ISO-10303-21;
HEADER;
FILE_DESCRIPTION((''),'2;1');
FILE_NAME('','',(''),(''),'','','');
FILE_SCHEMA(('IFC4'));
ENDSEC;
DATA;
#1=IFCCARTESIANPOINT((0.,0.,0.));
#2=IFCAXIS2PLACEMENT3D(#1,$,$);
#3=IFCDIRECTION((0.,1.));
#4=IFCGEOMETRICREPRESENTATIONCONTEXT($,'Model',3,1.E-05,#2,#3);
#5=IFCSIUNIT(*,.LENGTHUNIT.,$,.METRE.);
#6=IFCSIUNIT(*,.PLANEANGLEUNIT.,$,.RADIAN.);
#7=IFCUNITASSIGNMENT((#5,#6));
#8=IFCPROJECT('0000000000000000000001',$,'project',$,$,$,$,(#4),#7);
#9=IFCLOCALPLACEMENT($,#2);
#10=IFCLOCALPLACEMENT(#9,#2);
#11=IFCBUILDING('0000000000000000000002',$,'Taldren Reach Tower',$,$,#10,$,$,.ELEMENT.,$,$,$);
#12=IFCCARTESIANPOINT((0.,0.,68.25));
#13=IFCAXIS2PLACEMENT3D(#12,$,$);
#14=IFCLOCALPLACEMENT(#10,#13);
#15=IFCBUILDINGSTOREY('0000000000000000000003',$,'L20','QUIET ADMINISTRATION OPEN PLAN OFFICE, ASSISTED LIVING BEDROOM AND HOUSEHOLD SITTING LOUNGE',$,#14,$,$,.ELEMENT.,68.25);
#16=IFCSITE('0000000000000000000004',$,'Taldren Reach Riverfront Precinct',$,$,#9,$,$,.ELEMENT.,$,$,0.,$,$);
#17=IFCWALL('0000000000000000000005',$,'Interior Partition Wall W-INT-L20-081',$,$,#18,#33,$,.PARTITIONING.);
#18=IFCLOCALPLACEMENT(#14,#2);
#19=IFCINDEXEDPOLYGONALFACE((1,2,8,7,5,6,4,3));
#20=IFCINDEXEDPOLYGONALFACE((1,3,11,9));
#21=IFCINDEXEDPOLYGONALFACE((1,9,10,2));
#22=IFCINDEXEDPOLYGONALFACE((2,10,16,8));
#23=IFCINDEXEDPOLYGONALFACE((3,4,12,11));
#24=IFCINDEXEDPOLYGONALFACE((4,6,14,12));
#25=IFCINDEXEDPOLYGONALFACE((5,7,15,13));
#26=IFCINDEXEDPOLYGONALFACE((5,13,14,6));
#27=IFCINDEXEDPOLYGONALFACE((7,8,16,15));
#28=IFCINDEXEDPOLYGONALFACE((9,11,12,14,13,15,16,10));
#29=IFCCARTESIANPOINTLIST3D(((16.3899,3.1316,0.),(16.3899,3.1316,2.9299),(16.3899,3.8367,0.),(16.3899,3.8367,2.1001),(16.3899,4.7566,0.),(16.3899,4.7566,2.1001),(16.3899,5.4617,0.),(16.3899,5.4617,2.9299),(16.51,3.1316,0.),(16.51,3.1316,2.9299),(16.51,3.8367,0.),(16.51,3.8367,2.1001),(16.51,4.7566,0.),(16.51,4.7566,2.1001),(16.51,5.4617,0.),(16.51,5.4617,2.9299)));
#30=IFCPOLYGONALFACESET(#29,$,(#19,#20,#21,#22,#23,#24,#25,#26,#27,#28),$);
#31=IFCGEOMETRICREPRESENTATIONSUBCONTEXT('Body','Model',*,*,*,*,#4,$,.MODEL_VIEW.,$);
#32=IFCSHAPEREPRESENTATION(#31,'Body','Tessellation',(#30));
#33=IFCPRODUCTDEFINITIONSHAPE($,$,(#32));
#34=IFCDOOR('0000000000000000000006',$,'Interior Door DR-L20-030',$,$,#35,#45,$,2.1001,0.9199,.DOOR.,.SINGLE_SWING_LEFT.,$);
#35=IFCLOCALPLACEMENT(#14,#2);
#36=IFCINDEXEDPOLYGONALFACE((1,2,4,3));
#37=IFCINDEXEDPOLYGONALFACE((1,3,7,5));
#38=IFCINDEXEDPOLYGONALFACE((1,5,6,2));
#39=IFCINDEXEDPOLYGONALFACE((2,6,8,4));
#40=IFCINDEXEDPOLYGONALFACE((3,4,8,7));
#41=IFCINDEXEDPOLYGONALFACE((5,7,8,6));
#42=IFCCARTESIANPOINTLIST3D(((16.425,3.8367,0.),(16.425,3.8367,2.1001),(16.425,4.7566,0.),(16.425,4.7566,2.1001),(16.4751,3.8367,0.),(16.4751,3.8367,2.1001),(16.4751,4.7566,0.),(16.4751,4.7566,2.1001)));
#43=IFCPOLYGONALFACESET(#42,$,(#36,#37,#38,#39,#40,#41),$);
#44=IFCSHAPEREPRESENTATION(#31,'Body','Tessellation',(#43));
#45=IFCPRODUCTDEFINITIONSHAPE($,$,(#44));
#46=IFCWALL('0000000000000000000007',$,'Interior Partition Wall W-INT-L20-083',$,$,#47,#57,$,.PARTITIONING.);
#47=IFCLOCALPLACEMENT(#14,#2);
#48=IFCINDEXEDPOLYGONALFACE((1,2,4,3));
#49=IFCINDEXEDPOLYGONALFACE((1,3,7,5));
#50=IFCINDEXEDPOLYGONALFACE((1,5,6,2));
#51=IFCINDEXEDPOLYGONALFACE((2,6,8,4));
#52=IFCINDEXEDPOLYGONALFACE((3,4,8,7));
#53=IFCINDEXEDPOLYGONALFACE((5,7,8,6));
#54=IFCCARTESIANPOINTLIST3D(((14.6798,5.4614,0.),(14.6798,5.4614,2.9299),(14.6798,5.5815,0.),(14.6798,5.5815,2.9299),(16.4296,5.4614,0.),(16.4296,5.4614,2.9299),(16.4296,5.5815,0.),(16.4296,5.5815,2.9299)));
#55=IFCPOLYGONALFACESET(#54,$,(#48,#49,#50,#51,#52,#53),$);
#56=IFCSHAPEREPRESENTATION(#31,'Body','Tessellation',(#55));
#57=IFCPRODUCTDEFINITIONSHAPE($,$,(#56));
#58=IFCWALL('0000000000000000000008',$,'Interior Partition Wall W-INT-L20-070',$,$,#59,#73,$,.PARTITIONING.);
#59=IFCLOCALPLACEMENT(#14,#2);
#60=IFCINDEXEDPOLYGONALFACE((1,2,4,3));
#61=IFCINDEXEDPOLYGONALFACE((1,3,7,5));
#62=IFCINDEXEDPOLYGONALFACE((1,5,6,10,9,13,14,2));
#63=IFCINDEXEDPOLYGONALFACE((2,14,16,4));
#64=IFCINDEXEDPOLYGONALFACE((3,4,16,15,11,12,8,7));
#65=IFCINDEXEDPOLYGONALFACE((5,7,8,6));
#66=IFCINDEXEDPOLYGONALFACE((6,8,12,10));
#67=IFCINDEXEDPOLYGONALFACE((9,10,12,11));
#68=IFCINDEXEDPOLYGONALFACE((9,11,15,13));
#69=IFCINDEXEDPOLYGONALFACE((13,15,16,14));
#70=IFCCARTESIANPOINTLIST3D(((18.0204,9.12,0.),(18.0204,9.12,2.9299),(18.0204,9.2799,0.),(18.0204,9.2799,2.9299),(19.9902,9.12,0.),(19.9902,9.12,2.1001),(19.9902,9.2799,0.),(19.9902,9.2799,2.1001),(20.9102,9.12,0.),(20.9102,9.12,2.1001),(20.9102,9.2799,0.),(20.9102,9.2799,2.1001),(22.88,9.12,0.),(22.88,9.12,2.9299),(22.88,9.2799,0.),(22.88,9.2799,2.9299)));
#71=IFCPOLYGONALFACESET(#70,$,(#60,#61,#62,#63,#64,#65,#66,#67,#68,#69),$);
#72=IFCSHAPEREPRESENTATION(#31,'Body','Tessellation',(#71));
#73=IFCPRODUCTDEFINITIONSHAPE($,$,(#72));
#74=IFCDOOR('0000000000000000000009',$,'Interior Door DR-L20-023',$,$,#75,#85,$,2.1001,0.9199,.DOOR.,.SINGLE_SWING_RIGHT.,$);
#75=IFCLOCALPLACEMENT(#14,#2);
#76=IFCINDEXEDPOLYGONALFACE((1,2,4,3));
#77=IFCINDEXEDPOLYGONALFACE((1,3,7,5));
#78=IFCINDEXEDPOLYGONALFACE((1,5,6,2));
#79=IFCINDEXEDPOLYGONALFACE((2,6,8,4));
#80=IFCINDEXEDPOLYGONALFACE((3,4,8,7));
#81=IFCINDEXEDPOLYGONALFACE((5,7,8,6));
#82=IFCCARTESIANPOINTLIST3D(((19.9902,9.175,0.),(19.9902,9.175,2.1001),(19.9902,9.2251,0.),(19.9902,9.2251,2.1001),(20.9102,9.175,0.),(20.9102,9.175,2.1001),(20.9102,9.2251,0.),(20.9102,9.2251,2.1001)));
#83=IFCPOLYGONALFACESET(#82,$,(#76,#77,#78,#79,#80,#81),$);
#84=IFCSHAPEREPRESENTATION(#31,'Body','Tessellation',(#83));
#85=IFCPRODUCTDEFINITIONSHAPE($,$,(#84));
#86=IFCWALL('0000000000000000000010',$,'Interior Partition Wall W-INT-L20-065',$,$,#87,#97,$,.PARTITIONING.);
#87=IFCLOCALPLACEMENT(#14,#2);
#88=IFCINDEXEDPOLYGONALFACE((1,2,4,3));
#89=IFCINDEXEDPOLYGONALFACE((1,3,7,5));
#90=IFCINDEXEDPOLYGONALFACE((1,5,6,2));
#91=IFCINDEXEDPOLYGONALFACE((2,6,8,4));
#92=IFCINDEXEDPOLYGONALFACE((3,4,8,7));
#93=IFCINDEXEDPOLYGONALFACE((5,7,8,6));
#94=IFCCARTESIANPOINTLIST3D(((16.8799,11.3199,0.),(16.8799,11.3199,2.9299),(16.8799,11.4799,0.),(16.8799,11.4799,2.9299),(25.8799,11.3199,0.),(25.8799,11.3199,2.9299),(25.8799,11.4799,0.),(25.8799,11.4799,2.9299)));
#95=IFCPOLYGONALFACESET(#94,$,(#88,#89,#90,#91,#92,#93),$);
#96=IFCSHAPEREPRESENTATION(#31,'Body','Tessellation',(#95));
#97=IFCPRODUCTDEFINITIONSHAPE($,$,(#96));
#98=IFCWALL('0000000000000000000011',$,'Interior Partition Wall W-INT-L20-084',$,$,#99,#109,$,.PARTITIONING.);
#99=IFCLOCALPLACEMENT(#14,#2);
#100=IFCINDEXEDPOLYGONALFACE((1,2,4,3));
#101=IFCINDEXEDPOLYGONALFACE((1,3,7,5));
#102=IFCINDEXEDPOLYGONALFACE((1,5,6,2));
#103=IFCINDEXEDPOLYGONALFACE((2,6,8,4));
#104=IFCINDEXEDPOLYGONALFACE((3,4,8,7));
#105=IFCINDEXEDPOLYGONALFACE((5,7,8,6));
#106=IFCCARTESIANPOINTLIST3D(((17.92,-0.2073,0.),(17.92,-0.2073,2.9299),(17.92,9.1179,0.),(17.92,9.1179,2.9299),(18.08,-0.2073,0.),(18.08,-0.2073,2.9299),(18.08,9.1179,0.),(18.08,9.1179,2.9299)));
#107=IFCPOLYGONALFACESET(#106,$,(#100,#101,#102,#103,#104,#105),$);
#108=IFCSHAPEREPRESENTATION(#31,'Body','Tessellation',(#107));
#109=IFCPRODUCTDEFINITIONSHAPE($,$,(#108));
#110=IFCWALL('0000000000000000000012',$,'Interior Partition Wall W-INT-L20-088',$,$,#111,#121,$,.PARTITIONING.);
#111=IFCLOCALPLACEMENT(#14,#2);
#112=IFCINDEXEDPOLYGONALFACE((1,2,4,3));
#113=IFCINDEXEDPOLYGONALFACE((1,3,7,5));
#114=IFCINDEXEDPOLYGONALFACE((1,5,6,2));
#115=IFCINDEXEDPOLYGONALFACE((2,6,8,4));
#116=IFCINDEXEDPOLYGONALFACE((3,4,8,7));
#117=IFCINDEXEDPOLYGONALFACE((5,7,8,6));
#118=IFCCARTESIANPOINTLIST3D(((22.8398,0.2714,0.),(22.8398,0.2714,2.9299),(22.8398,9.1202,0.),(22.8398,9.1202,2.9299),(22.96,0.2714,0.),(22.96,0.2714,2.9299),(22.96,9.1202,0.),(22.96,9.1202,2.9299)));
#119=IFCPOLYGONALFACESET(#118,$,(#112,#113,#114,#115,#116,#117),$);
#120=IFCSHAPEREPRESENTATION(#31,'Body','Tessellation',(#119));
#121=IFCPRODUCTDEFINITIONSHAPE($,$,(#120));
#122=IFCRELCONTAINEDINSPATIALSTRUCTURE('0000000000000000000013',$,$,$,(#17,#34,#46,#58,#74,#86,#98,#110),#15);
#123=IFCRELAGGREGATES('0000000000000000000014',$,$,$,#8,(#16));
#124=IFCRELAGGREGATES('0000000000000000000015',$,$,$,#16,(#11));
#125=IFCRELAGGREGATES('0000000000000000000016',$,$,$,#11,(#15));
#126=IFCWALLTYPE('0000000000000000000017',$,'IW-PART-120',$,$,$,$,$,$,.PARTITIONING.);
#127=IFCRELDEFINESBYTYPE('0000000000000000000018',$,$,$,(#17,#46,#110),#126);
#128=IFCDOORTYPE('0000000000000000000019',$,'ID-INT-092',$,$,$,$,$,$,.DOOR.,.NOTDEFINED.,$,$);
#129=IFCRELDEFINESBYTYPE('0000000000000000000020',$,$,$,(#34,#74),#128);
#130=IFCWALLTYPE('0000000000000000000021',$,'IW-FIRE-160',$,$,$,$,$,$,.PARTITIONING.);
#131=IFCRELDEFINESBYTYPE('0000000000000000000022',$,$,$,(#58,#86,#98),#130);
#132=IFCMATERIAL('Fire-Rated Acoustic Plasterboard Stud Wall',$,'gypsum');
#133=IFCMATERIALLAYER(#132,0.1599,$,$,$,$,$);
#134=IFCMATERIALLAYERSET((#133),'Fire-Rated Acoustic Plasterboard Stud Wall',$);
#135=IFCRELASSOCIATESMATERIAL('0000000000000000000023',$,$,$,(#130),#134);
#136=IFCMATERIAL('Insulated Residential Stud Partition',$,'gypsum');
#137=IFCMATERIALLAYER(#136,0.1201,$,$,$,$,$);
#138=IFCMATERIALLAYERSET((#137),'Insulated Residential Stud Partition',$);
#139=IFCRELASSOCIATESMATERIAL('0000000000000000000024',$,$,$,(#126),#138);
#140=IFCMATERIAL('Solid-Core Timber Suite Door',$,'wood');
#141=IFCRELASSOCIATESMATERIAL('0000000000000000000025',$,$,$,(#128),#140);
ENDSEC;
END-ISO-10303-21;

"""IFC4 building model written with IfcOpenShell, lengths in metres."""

from ifc_helpers import new_model, si_unit, direction, frame, frame_2d, origin, place, context, subcontext, project, spatial, rectangle, extrude, source, transform, mapped, material, layer, layer_set, type_object, element, fill, save


model = new_model("IFC4")

# Units and contexts
model_context = context("Model", 3, precision=1e-05, world=origin(), true_north=direction((0.0, 1.0)))
body_context = subcontext(model_context, "Body", "Model", "MODEL_VIEW")
ifc_project = project(units=[si_unit("LENGTHUNIT", "METRE"), si_unit("PLANEANGLEUNIT", "RADIAN")], contexts=[model_context])

# Site, building, storey
site_placement = place(None, origin())
site = spatial("IfcSite", under=ifc_project, at=site_placement, Name="Taldren Reach Riverfront Precinct", CompositionType="ELEMENT", RefElevation=0.0)
building_placement = place(site_placement, origin())
building = spatial("IfcBuilding", under=site, at=building_placement, Name="Taldren Reach Tower", CompositionType="ELEMENT")
storey_placement = place(building_placement, frame((0.0, 0.0, 68.25)))
storey = spatial("IfcBuildingStorey", under=building, at=storey_placement, Name="L20", Description="QUIET ADMINISTRATION OPEN PLAN OFFICE, ASSISTED LIVING BEDROOM AND HOUSEHOLD SITTING LOUNGE", CompositionType="ELEMENT", Elevation=68.25)

# Shared definitions
ifc_material_1 = material(Name="Fire-Rated Acoustic Plasterboard Stud Wall", Category="gypsum")
ifc_layer_1 = layer(ifc_material_1, 0.1599)
ifc_layer_set_1 = layer_set([ifc_layer_1], Name="Fire-Rated Acoustic Plasterboard Stud Wall")
wall_type_1 = type_object("IfcWallType", Name="IW-FIRE-160", PredefinedType="PARTITIONING", material=ifc_layer_set_1)

# Wall, opening, door
ifc_material_2 = material(Name="Insulated Residential Stud Partition", Category="gypsum")
ifc_layer_2 = layer(ifc_material_2, 0.1201)
ifc_layer_set_2 = layer_set([ifc_layer_2], Name="Insulated Residential Stud Partition")
wall_type_2 = type_object("IfcWallType", Name="IW-PART-120", PredefinedType="PARTITIONING", material=ifc_layer_set_2)
shared_shape_1 = source(origin(), body_context, "Body", "SweptSolid", [
    extrude(rectangle(XDim=2.3301, YDim=0.1201, at=frame_2d((1.165, 0.0))), origin(), (0.0, 0.0, 1.0), 2.9299),
])
wall_1_placement = place(storey_placement, frame((16.45, 3.1316, 0.0), z_axis=(0.0, 0.0, 1.0), x_axis=(0.0, 1.0, 0.0)))
wall_1 = element("IfcWall", 1, at=wall_1_placement, inside=storey, type_object=wall_type_2, Name="Interior Partition Wall W-INT-L20-081", PredefinedType="PARTITIONING", context=body_context, shape_type="MappedRepresentation", body=[
    mapped(shared_shape_1, transform((0.0, 0.0, 0.0), scale=1.0)),
])
shared_shape_2 = source(origin(), body_context, "Body", "SweptSolid", [
    extrude(rectangle(XDim=0.9199, YDim=2.1001, at=frame_2d((0.46, 1.05))), frame((0.0, 0.0701, 0.0), z_axis=(0.0, -1.0, 0.0), x_axis=(1.0, 0.0, 0.0)), (0.0, 0.0, 1.0), 0.1401),
])
opening_1_placement = place(wall_1_placement, frame((0.7051, 0.0, 0.0)))
opening_1 = element("IfcOpeningElement", 2, at=opening_1_placement, cuts=wall_1, PredefinedType="OPENING", context=body_context, shape_type="MappedRepresentation", body=[
    mapped(shared_shape_2, transform((0.0, 0.0, 0.0), scale=1.0)),
])
ifc_material_3 = material(Name="Solid-Core Timber Suite Door", Category="wood")
door_type_1 = type_object("IfcDoorType", Name="ID-INT-092", OperationType="NOTDEFINED", PredefinedType="DOOR", material=ifc_material_3)
shared_shape_3 = source(origin(), body_context, "Body", "SweptSolid", [
    extrude(rectangle(XDim=0.9199, YDim=2.1001, at=frame_2d((0.46, 1.05))), frame((0.0, 0.0249, 0.0), z_axis=(0.0, -1.0, 0.0), x_axis=(1.0, 0.0, 0.0)), (0.0, 0.0, 1.0), 0.05),
])
door_1_placement = place(opening_1_placement, origin())
door_1 = element("IfcDoor", 3, at=door_1_placement, inside=storey, type_object=door_type_1, Name="Interior Door DR-L20-030", OperationType="SINGLE_SWING_LEFT", OverallHeight=2.1001, OverallWidth=0.9199, PredefinedType="DOOR", context=body_context, shape_type="MappedRepresentation", body=[
    mapped(shared_shape_3, transform((0.0, 0.0, 0.0), scale=1.0)),
])
fill(opening_1, door_1)

# Wall
shared_shape_4 = source(origin(), body_context, "Body", "SweptSolid", [
    extrude(rectangle(XDim=1.7498, YDim=0.1201, at=frame_2d((0.875, 0.0))), origin(), (0.0, 0.0, 1.0), 2.9299),
])
wall_2_placement = place(storey_placement, frame((16.4297, 5.5215, 0.0), z_axis=(0.0, 0.0, 1.0), x_axis=(-1.0, 0.0, 0.0)))
element("IfcWall", 4, at=wall_2_placement, inside=storey, type_object=wall_type_2, Name="Interior Partition Wall W-INT-L20-083", PredefinedType="PARTITIONING", context=body_context, shape_type="MappedRepresentation", body=[
    mapped(shared_shape_4, transform((0.0, 0.0, 0.0), scale=1.0)),
])

# Wall, opening, door
shared_shape_5 = source(origin(), body_context, "Body", "SweptSolid", [
    extrude(rectangle(XDim=4.8596, YDim=0.1599, at=frame_2d((2.4297, 0.0))), origin(), (0.0, 0.0, 1.0), 2.9299),
])
wall_3_placement = place(storey_placement, frame((22.8799, 9.2, 0.0), z_axis=(0.0, 0.0, 1.0), x_axis=(-1.0, 0.0, 0.0)))
wall_3 = element("IfcWall", 5, at=wall_3_placement, inside=storey, type_object=wall_type_1, Name="Interior Partition Wall W-INT-L20-070", PredefinedType="PARTITIONING", context=body_context, shape_type="MappedRepresentation", body=[
    mapped(shared_shape_5, transform((0.0, 0.0, 0.0), scale=1.0)),
])
shared_shape_6 = source(origin(), body_context, "Body", "SweptSolid", [
    extrude(rectangle(XDim=0.9199, YDim=2.1001, at=frame_2d((0.46, 1.05))), frame((0.0, 0.0898, 0.0), z_axis=(0.0, -1.0, 0.0), x_axis=(1.0, 0.0, 0.0)), (0.0, 0.0, 1.0), 0.1799),
])
opening_2_placement = place(wall_3_placement, frame((1.9697, 0.0, 0.0)))
opening_2 = element("IfcOpeningElement", 6, at=opening_2_placement, cuts=wall_3, PredefinedType="OPENING", context=body_context, shape_type="MappedRepresentation", body=[
    mapped(shared_shape_6, transform((0.0, 0.0, 0.0), scale=1.0)),
])
door_2_placement = place(opening_2_placement, origin())
door_2 = element("IfcDoor", 7, at=door_2_placement, inside=storey, type_object=door_type_1, Name="Interior Door DR-L20-023", OperationType="SINGLE_SWING_RIGHT", OverallHeight=2.1001, OverallWidth=0.9199, PredefinedType="DOOR", context=body_context, shape_type="MappedRepresentation", body=[
    mapped(shared_shape_3, transform((0.0, 0.0, 0.0), scale=1.0)),
])
fill(opening_2, door_2)

# Walls
shared_shape_7 = source(origin(), body_context, "Body", "SweptSolid", [
    extrude(rectangle(XDim=9.0, YDim=0.1599, at=frame_2d((4.5, 0.0))), origin(), (0.0, 0.0, 1.0), 2.9299),
])
wall_4_placement = place(storey_placement, frame((16.8799, 11.3999, 0.0), z_axis=(0.0, 0.0, 1.0), x_axis=(1.0, 0.0, 0.0)))
element("IfcWall", 8, at=wall_4_placement, inside=storey, type_object=wall_type_1, Name="Interior Partition Wall W-INT-L20-065", PredefinedType="PARTITIONING", context=body_context, shape_type="MappedRepresentation", body=[
    mapped(shared_shape_7, transform((0.0, 0.0, 0.0), scale=1.0)),
])
shared_shape_8 = source(origin(), body_context, "Body", "SweptSolid", [
    extrude(rectangle(XDim=9.3252, YDim=0.1599, at=frame_2d((4.6626, 0.0))), origin(), (0.0, 0.0, 1.0), 2.9299),
])
wall_5_placement = place(storey_placement, frame((18.0, 9.1179, 0.0), z_axis=(0.0, 0.0, 1.0), x_axis=(0.0, -1.0, 0.0)))
element("IfcWall", 9, at=wall_5_placement, inside=storey, type_object=wall_type_1, Name="Interior Partition Wall W-INT-L20-084", PredefinedType="PARTITIONING", context=body_context, shape_type="MappedRepresentation", body=[
    mapped(shared_shape_8, transform((0.0, 0.0, 0.0), scale=1.0)),
])
shared_shape_9 = source(origin(), body_context, "Body", "SweptSolid", [
    extrude(rectangle(XDim=8.8489, YDim=0.1201, at=frame_2d((4.4243, 0.0))), origin(), (0.0, 0.0, 1.0), 2.9299),
])
wall_6_placement = place(storey_placement, frame((22.8999, 9.1201, 0.0), z_axis=(0.0, 0.0, 1.0), x_axis=(0.0, -1.0, 0.0)))
element("IfcWall", 10, at=wall_6_placement, inside=storey, type_object=wall_type_2, Name="Interior Partition Wall W-INT-L20-088", PredefinedType="PARTITIONING", context=body_context, shape_type="MappedRepresentation", body=[
    mapped(shared_shape_9, transform((0.0, 0.0, 0.0), scale=1.0)),
])

save(model, "model.ifc")
